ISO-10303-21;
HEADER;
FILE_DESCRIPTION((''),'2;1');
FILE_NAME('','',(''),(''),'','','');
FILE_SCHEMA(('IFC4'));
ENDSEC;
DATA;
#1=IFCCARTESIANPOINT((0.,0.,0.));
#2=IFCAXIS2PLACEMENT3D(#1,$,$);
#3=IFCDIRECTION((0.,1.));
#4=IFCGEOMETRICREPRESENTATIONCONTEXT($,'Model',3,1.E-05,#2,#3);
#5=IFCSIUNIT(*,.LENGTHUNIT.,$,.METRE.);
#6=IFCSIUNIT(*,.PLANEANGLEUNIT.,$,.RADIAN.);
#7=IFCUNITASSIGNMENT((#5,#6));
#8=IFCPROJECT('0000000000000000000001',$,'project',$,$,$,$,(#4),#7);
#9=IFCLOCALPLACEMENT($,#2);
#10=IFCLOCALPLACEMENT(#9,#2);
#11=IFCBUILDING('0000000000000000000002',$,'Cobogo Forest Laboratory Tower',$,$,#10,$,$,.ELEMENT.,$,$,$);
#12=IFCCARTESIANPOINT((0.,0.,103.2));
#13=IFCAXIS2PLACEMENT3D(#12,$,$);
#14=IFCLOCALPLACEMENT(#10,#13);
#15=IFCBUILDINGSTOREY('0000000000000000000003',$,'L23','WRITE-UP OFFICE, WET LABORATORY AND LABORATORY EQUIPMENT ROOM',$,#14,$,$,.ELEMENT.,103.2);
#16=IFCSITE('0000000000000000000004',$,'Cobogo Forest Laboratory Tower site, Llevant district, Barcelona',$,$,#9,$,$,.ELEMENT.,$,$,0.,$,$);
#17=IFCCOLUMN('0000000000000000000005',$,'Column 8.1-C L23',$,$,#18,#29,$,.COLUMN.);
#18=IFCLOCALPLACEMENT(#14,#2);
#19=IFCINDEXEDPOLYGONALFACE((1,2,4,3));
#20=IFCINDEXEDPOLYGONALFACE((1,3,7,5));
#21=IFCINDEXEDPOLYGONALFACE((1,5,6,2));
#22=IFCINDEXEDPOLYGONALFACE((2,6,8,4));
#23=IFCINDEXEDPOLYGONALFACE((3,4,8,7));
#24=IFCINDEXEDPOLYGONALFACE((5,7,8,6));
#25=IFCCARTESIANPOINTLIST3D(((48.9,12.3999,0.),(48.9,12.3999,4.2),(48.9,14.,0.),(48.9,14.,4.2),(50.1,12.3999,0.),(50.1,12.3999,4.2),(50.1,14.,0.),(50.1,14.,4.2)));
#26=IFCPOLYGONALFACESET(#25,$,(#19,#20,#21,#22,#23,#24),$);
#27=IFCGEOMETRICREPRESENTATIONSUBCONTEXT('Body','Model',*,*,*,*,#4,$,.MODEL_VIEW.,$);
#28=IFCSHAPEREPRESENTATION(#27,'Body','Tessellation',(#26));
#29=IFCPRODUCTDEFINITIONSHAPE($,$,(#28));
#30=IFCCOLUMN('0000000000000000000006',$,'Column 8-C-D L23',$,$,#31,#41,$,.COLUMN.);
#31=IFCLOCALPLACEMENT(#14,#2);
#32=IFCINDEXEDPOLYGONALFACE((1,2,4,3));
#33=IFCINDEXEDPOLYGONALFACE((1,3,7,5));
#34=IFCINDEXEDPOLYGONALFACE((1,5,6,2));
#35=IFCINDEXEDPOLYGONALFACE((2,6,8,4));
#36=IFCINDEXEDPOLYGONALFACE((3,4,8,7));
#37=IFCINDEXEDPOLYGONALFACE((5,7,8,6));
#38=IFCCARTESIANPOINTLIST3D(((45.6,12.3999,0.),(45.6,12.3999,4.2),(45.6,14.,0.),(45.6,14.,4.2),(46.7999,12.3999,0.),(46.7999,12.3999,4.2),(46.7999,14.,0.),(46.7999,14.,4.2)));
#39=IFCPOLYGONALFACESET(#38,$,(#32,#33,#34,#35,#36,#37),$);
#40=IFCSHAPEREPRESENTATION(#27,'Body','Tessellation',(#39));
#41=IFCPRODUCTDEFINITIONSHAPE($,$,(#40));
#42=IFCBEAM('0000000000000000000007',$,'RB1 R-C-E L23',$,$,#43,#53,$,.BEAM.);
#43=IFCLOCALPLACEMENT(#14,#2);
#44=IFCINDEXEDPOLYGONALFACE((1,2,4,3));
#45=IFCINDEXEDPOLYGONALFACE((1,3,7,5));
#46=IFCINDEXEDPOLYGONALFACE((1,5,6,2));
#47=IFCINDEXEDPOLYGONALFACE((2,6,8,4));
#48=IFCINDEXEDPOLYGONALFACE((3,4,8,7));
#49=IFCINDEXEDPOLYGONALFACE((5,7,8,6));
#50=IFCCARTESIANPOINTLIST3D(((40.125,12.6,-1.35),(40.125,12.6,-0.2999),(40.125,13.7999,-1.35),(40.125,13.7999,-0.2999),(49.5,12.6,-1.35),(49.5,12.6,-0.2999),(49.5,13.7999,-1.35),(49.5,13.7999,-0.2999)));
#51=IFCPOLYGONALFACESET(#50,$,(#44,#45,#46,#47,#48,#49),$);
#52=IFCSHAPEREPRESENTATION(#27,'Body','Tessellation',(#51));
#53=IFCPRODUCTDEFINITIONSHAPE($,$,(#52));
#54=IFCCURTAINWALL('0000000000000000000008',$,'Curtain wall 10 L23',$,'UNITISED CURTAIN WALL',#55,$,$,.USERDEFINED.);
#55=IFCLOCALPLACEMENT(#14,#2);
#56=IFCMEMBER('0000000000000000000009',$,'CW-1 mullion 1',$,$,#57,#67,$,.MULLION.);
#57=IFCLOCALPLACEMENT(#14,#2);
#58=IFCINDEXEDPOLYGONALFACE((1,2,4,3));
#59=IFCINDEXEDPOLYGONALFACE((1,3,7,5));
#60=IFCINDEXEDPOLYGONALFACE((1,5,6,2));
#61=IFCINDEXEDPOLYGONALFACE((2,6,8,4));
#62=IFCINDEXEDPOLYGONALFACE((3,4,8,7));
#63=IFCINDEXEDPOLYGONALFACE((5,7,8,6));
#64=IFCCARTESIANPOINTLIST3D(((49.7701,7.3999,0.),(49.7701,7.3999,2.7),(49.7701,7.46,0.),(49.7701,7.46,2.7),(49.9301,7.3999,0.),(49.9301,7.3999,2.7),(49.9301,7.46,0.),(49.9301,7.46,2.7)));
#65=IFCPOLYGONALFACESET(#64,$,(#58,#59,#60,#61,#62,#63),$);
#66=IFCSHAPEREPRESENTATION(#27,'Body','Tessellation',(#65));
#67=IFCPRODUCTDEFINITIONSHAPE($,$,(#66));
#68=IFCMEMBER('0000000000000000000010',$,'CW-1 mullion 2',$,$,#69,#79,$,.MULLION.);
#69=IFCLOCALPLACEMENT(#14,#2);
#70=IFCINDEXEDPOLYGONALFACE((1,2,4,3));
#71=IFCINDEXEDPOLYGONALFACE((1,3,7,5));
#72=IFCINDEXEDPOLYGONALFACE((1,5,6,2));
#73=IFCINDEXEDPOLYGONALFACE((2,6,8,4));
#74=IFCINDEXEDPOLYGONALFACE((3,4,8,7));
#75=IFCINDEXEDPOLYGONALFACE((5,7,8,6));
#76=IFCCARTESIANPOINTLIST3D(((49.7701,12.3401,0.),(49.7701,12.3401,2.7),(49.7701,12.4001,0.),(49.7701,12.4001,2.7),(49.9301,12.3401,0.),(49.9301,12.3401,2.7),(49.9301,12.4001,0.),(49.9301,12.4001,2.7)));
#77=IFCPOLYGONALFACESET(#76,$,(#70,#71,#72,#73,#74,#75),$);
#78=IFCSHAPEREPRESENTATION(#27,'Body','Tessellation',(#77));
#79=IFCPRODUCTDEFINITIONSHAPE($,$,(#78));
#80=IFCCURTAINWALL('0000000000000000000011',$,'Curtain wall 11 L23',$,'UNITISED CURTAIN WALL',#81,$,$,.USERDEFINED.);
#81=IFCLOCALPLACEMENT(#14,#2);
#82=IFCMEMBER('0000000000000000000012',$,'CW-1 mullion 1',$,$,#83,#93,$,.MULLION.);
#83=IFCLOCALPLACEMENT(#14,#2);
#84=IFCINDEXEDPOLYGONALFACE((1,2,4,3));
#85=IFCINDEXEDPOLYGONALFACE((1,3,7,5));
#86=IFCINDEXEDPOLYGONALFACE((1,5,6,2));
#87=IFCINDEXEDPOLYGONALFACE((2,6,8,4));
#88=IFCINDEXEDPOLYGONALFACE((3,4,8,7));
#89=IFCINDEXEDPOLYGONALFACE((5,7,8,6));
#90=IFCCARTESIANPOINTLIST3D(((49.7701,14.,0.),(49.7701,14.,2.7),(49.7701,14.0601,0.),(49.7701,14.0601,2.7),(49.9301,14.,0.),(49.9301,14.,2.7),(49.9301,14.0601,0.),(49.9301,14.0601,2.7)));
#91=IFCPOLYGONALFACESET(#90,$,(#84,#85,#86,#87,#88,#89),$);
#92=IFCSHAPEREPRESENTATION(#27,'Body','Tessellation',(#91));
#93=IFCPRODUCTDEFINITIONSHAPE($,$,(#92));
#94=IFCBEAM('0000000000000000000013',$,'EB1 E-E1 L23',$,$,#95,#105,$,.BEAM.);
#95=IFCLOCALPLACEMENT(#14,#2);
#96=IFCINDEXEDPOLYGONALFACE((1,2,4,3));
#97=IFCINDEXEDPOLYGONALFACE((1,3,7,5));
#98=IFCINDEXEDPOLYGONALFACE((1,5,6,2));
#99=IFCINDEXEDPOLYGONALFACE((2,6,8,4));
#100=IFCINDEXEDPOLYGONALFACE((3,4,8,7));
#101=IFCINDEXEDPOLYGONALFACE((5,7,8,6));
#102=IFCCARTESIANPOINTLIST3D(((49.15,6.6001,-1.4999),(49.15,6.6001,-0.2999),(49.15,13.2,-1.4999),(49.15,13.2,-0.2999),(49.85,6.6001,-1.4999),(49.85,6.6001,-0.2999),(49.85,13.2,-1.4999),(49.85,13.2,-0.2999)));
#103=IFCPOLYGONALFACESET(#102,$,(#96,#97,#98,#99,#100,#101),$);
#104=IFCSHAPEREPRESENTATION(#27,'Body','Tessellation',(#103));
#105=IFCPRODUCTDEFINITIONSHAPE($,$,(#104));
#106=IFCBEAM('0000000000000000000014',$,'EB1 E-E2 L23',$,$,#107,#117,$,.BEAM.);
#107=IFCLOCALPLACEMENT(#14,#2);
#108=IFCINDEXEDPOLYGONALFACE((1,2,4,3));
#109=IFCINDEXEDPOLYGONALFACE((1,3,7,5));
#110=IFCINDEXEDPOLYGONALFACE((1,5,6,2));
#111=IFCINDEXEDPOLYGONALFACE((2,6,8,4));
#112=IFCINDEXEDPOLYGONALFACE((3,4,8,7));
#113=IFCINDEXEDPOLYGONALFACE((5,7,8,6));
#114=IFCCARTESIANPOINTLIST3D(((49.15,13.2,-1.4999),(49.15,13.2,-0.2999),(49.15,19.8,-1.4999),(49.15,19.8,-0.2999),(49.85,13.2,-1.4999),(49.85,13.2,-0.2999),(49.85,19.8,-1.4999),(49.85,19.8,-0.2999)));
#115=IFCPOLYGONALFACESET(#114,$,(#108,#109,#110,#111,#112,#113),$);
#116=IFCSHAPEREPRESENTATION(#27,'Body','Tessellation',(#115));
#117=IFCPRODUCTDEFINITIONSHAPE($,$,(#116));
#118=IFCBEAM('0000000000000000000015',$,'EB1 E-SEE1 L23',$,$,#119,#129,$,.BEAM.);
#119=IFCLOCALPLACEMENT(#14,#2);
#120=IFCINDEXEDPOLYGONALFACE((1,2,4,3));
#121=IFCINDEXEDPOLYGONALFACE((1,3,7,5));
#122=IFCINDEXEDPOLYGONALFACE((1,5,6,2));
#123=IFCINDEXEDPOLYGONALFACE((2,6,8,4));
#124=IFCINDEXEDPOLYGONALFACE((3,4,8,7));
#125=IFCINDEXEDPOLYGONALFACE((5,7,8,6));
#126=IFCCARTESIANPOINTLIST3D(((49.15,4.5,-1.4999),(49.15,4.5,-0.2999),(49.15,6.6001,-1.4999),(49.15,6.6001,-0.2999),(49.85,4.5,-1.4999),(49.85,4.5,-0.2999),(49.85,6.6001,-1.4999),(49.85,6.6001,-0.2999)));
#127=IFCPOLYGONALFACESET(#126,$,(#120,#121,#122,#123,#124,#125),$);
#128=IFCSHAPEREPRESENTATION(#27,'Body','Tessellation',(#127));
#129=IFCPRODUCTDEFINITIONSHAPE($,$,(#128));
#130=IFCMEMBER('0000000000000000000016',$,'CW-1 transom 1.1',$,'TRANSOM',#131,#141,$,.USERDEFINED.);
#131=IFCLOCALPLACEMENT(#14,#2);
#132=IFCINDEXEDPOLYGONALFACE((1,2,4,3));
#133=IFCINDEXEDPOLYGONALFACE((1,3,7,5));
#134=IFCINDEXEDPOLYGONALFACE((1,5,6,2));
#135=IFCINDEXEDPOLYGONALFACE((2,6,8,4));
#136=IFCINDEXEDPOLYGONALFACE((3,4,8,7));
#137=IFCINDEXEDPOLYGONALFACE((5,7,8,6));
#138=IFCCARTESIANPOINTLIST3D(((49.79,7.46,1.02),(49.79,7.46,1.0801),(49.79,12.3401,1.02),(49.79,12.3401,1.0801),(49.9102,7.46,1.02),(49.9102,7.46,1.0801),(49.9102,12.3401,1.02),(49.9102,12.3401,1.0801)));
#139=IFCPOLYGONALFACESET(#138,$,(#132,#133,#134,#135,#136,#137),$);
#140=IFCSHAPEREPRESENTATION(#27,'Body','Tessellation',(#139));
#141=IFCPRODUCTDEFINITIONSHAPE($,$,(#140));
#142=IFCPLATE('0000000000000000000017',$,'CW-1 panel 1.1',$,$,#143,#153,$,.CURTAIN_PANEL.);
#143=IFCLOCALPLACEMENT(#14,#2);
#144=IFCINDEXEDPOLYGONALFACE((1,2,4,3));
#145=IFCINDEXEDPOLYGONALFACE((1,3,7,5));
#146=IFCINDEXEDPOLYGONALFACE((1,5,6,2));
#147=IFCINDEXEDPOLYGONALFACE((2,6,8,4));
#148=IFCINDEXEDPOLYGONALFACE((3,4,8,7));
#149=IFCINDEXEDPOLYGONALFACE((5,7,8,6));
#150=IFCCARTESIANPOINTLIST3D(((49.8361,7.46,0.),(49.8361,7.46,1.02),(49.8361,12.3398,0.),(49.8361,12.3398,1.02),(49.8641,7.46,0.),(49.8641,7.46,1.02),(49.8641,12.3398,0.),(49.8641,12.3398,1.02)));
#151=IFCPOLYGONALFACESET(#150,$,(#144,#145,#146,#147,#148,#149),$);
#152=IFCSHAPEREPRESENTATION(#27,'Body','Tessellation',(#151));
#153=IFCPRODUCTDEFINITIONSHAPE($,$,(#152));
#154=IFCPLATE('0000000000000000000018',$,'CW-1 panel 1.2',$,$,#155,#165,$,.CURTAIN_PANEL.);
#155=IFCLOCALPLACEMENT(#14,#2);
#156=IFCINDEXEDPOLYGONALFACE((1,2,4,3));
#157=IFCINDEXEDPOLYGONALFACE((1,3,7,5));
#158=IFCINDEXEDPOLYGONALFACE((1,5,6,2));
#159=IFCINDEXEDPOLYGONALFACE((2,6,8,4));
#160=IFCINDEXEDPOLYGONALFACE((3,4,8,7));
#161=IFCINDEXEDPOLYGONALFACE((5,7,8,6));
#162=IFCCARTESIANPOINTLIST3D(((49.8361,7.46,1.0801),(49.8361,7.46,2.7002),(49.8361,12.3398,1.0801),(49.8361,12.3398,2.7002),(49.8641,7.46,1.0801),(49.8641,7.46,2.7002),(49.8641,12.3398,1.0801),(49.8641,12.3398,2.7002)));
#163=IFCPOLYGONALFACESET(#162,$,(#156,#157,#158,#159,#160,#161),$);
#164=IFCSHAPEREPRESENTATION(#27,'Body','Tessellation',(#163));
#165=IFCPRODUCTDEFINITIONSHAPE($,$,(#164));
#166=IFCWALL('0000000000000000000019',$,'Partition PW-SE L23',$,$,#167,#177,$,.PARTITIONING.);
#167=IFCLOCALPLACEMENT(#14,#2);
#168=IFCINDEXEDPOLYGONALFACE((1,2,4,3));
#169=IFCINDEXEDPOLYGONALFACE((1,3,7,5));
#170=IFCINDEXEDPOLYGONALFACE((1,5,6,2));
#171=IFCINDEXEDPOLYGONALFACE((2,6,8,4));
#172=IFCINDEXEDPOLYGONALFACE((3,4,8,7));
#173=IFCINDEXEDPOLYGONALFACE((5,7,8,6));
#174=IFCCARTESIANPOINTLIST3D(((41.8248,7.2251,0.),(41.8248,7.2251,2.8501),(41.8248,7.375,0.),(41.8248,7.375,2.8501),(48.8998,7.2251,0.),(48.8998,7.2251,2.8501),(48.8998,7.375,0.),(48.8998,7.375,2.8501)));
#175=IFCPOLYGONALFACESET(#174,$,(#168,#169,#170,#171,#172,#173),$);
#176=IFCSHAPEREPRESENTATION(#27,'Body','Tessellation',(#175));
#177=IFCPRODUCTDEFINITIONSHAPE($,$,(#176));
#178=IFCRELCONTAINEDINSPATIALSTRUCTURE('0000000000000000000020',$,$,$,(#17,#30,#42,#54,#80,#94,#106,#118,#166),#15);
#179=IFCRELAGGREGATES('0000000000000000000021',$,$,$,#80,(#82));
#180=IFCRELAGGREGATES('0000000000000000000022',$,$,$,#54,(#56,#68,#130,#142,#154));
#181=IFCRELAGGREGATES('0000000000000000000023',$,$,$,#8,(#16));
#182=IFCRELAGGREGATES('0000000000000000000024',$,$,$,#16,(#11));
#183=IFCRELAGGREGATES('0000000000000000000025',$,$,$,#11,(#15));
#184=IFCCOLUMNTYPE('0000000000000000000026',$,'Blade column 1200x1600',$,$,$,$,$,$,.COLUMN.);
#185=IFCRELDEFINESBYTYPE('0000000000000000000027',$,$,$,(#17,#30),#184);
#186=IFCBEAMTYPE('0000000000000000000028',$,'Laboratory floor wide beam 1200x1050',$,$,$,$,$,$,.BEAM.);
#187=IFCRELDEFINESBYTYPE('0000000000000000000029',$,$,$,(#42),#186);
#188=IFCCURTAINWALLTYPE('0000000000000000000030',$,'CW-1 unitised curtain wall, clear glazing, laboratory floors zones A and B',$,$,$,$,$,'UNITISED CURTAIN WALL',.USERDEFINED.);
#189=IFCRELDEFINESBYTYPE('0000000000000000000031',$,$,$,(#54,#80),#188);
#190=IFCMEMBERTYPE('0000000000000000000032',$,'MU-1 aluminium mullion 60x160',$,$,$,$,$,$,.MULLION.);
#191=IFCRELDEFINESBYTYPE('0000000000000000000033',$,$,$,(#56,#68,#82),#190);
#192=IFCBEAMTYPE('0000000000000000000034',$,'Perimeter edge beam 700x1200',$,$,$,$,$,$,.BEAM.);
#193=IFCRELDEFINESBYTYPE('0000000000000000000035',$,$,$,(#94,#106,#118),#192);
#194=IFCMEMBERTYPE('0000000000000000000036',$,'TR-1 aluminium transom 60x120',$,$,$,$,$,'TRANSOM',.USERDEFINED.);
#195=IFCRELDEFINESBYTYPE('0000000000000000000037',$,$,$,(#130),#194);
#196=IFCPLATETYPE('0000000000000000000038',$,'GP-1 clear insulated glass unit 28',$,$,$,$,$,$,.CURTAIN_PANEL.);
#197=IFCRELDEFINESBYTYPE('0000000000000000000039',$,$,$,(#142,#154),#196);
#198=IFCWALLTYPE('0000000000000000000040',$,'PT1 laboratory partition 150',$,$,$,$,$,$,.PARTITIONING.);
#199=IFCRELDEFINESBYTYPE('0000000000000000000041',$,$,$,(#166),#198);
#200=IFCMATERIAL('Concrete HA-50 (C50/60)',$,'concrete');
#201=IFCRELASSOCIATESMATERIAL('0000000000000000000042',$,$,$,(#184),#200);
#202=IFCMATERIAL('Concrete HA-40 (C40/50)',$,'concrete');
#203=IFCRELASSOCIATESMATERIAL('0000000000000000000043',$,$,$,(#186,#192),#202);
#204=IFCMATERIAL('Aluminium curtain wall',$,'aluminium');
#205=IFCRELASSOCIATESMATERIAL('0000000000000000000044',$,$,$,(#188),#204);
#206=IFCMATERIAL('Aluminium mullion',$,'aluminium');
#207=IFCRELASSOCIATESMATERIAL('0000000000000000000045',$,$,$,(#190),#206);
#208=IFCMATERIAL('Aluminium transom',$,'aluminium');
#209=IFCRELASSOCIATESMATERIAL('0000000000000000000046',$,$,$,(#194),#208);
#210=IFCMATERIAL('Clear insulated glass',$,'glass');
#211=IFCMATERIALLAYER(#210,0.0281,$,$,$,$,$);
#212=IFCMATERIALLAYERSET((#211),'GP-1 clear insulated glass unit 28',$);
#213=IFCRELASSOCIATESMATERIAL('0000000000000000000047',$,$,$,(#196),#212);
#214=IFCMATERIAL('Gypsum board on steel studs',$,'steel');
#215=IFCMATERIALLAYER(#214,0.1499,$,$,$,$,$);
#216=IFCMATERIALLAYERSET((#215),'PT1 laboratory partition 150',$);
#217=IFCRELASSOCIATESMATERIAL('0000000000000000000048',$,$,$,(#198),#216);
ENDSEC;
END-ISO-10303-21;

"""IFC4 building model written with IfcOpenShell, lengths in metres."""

from ifc_helpers import new_model, si_unit, direction, frame, frame_2d, origin, origin_2d, place, context, subcontext, project, spatial, rectangle, extrude, material, layer, layer_set, material_profile, profile_set, type_object, element, aggregate, save


model = new_model("IFC4")

# Units and contexts
model_context = context("Model", 3, precision=1e-05, world=origin(), true_north=direction((0.0, 1.0)))
body_context = subcontext(model_context, "Body", "Model", "MODEL_VIEW")
ifc_project = project(units=[si_unit("LENGTHUNIT", "METRE"), si_unit("PLANEANGLEUNIT", "RADIAN")], contexts=[model_context])

# Site, building, storey
site_placement = place(None, origin())
site = spatial("IfcSite", under=ifc_project, at=site_placement, Name="Cobogo Forest Laboratory Tower site, Llevant district, Barcelona", CompositionType="ELEMENT", RefElevation=0.0)
building_placement = place(site_placement, origin())
building = spatial("IfcBuilding", under=site, at=building_placement, Name="Cobogo Forest Laboratory Tower", CompositionType="ELEMENT")
storey_placement = place(building_placement, frame((0.0, 0.0, 103.2)))
storey = spatial("IfcBuildingStorey", under=building, at=storey_placement, Name="L23", Description="WRITE-UP OFFICE, WET LABORATORY AND LABORATORY EQUIPMENT ROOM", CompositionType="ELEMENT", Elevation=103.2)

# Columns
ifc_material_1 = material(Name="Concrete HA-50 (C50/60)", Category="concrete")
ifc_material_profile_1 = material_profile(ifc_material_1, rectangle(XDim=1.6001, YDim=1.2, at=origin_2d()), Name="RC 1200x1600")
ifc_profile_set_1 = profile_set([ifc_material_profile_1], Name="Concrete HA-50 (C50/60)")
column_type = type_object("IfcColumnType", Name="Blade column 1200x1600", PredefinedType="COLUMN", material=ifc_profile_set_1)
for number, where, z_axis, x_axis, name in (
    (1, (49.5, 13.2, 0.0), (0.0, 0.0, 1.0), (0.0, 1.0, 0.0), "Column 8.1-C L23"),
    (2, (46.2, 13.2, 0.0), (0.0, 0.0, 1.0), (0.0, 1.0, 0.0), "Column 8-C-D L23"),
):
    element("IfcColumn", number, at=place(storey_placement, frame(where, z_axis=z_axis, x_axis=x_axis)), inside=storey, type_object=column_type, Name=name, PredefinedType="COLUMN", context=body_context, shape_type="SweptSolid", body=[
        extrude(rectangle(XDim=1.6001, YDim=1.2, at=origin_2d()), origin(), (0.0, 0.0, 1.0), 4.2),
    ])

# Beam
ifc_material_2 = material(Name="Concrete HA-40 (C40/50)", Category="concrete")
ifc_material_profile_2 = material_profile(ifc_material_2, rectangle(XDim=1.2, YDim=1.05, at=origin_2d()), Name="RC 1200x1050")
ifc_profile_set_2 = profile_set([ifc_material_profile_2], Name="Concrete HA-40 (C40/50)")
beam_type_1 = type_object("IfcBeamType", Name="Laboratory floor wide beam 1200x1050", PredefinedType="BEAM", material=ifc_profile_set_2)
beam_1_placement = place(storey_placement, frame((40.125, 13.2, -0.825), z_axis=(1.0, 0.0, 0.0), x_axis=(0.0, 1.0, 0.0)))
element("IfcBeam", 3, at=beam_1_placement, inside=storey, type_object=beam_type_1, Name="RB1 R-C-E L23", PredefinedType="BEAM", context=body_context, shape_type="SweptSolid", body=[
    extrude(rectangle(XDim=1.2, YDim=1.05, at=origin_2d()), origin(), (0.0, 0.0, 1.0), 9.375),
])

# Curtain wall, members
ifc_material_3 = material(Name="Aluminium curtain wall", Category="aluminium")
curtain_wall_type = type_object("IfcCurtainWallType", Name="CW-1 unitised curtain wall, clear glazing, laboratory floors zones A and B", ElementType="UNITISED CURTAIN WALL", PredefinedType="USERDEFINED", material=ifc_material_3)
curtain_wall_1_placement = place(storey_placement, origin())
curtain_wall_1 = element("IfcCurtainWall", 4, at=curtain_wall_1_placement, inside=storey, type_object=curtain_wall_type, Name="Curtain wall 10 L23", ObjectType="UNITISED CURTAIN WALL", PredefinedType="USERDEFINED")
ifc_material_4 = material(Name="Aluminium mullion", Category="aluminium")
ifc_material_profile_3 = material_profile(ifc_material_4, rectangle(XDim=0.0601, YDim=0.1599, at=origin_2d()), Name="AL 60x160")
ifc_profile_set_3 = profile_set([ifc_material_profile_3], Name="Aluminium mullion")
member_type_1 = type_object("IfcMemberType", Name="MU-1 aluminium mullion 60x160", PredefinedType="MULLION", material=ifc_profile_set_3)
member_1_placement = place(storey_placement, frame((49.8501, 7.4299, 0.0), z_axis=(0.0, 0.0, 1.0), x_axis=(0.0, 1.0, 0.0)))
member_1 = element("IfcMember", 5, at=member_1_placement, type_object=member_type_1, Name="CW-1 mullion 1", PredefinedType="MULLION", context=body_context, shape_type="SweptSolid", body=[
    extrude(rectangle(XDim=0.0601, YDim=0.1599, at=origin_2d()), origin(), (0.0, 0.0, 1.0), 2.7),
])
member_2_placement = place(storey_placement, frame((49.8501, 12.3701, 0.0), z_axis=(0.0, 0.0, 1.0), x_axis=(0.0, 1.0, 0.0)))
member_2 = element("IfcMember", 6, at=member_2_placement, type_object=member_type_1, Name="CW-1 mullion 2", PredefinedType="MULLION", context=body_context, shape_type="SweptSolid", body=[
    extrude(rectangle(XDim=0.0601, YDim=0.1599, at=origin_2d()), origin(), (0.0, 0.0, 1.0), 2.7),
])

# Curtain wall, member
curtain_wall_2_placement = place(storey_placement, origin())
curtain_wall_2 = element("IfcCurtainWall", 7, at=curtain_wall_2_placement, inside=storey, type_object=curtain_wall_type, Name="Curtain wall 11 L23", ObjectType="UNITISED CURTAIN WALL", PredefinedType="USERDEFINED")
member_3_placement = place(storey_placement, frame((49.8501, 14.03, 0.0), z_axis=(0.0, 0.0, 1.0), x_axis=(0.0, 1.0, 0.0)))
member_3 = element("IfcMember", 8, at=member_3_placement, type_object=member_type_1, Name="CW-1 mullion 1", PredefinedType="MULLION", context=body_context, shape_type="SweptSolid", body=[
    extrude(rectangle(XDim=0.0601, YDim=0.1599, at=origin_2d()), origin(), (0.0, 0.0, 1.0), 2.7),
])
aggregate(curtain_wall_2, [member_3])

# Beams
ifc_material_profile_4 = material_profile(ifc_material_2, rectangle(XDim=0.7, YDim=1.2, at=origin_2d()), Name="RC 700x1200")
ifc_profile_set_4 = profile_set([ifc_material_profile_4], Name="Concrete HA-40 (C40/50)")
beam_type_2 = type_object("IfcBeamType", Name="Perimeter edge beam 700x1200", PredefinedType="BEAM", material=ifc_profile_set_4)
beam_2_placement = place(storey_placement, frame((49.5, 6.6001, -0.8999), z_axis=(0.0, 1.0, 0.0), x_axis=(-1.0, 0.0, 0.0)))
element("IfcBeam", 9, at=beam_2_placement, inside=storey, type_object=beam_type_2, Name="EB1 E-E1 L23", PredefinedType="BEAM", context=body_context, shape_type="SweptSolid", body=[
    extrude(rectangle(XDim=0.7, YDim=1.2, at=origin_2d()), origin(), (0.0, 0.0, 1.0), 6.5999),
])
beam_3_placement = place(storey_placement, frame((49.5, 13.2, -0.8999), z_axis=(0.0, 1.0, 0.0), x_axis=(-1.0, 0.0, 0.0)))
element("IfcBeam", 10, at=beam_3_placement, inside=storey, type_object=beam_type_2, Name="EB1 E-E2 L23", PredefinedType="BEAM", context=body_context, shape_type="SweptSolid", body=[
    extrude(rectangle(XDim=0.7, YDim=1.2, at=origin_2d()), origin(), (0.0, 0.0, 1.0), 6.6001),
])
beam_4_placement = place(storey_placement, frame((49.5, 6.6001, -0.8999), z_axis=(0.0, -1.0, 0.0), x_axis=(1.0, 0.0, 0.0)))
element("IfcBeam", 11, at=beam_4_placement, inside=storey, type_object=beam_type_2, Name="EB1 E-SEE1 L23", PredefinedType="BEAM", context=body_context, shape_type="SweptSolid", body=[
    extrude(rectangle(XDim=0.7, YDim=1.2, at=origin_2d()), origin(), (0.0, 0.0, 1.0), 2.1001),
])

# Member
ifc_material_5 = material(Name="Aluminium transom", Category="aluminium")
ifc_material_profile_5 = material_profile(ifc_material_5, rectangle(XDim=0.1201, YDim=0.0601, at=origin_2d()), Name="AL 60x120")
ifc_profile_set_5 = profile_set([ifc_material_profile_5], Name="Aluminium transom")
member_type_2 = type_object("IfcMemberType", Name="TR-1 aluminium transom 60x120", ElementType="TRANSOM", PredefinedType="USERDEFINED", material=ifc_profile_set_5)
member_4_placement = place(storey_placement, frame((49.8501, 7.46, 1.05), z_axis=(0.0, 1.0, 0.0), x_axis=(-1.0, 0.0, 0.0)))
member_4 = element("IfcMember", 12, at=member_4_placement, type_object=member_type_2, Name="CW-1 transom 1.1", ObjectType="TRANSOM", PredefinedType="USERDEFINED", context=body_context, shape_type="SweptSolid", body=[
    extrude(rectangle(XDim=0.1201, YDim=0.0601, at=origin_2d()), origin(), (0.0, 0.0, 1.0), 4.8801),
])

# Plates
ifc_material_6 = material(Name="Clear insulated glass", Category="glass")
ifc_layer_1 = layer(ifc_material_6, 0.0281)
ifc_layer_set_1 = layer_set([ifc_layer_1], Name="GP-1 clear insulated glass unit 28")
plate_type_1 = type_object("IfcPlateType", Name="GP-1 clear insulated glass unit 28", PredefinedType="CURTAIN_PANEL", material=ifc_layer_set_1)
plate_1_placement = place(storey_placement, frame((49.8501, 9.8999, 0.0), z_axis=(0.0, 0.0, 1.0), x_axis=(0.0, 1.0, 0.0)))
plate_1 = element("IfcPlate", 13, at=plate_1_placement, type_object=plate_type_1, Name="CW-1 panel 1.1", PredefinedType="CURTAIN_PANEL", context=body_context, shape_type="SweptSolid", body=[
    extrude(rectangle(XDim=4.8799, YDim=0.0281, at=origin_2d()), origin(), (0.0, 0.0, 1.0), 1.02),
])
plate_2_placement = place(storey_placement, frame((49.8501, 9.8999, 1.0801), z_axis=(0.0, 0.0, 1.0), x_axis=(0.0, 1.0, 0.0)))
plate_2 = element("IfcPlate", 14, at=plate_2_placement, type_object=plate_type_1, Name="CW-1 panel 1.2", PredefinedType="CURTAIN_PANEL", context=body_context, shape_type="SweptSolid", body=[
    extrude(rectangle(XDim=4.8799, YDim=0.0281, at=origin_2d()), origin(), (0.0, 0.0, 1.0), 1.6201),
])
aggregate(curtain_wall_1, [member_1, member_2, member_4, plate_1, plate_2])

# Wall
ifc_material_7 = material(Name="Gypsum board on steel studs", Category="steel")
ifc_layer_2 = layer(ifc_material_7, 0.1499)
ifc_layer_set_2 = layer_set([ifc_layer_2], Name="PT1 laboratory partition 150")
wall_type_1 = type_object("IfcWallType", Name="PT1 laboratory partition 150", PredefinedType="PARTITIONING", material=ifc_layer_set_2)
wall_1_placement = place(storey_placement, frame((48.8999, 7.3, 0.0), z_axis=(0.0, 0.0, 1.0), x_axis=(-1.0, 0.0, 0.0)))
element("IfcWall", 15, at=wall_1_placement, inside=storey, type_object=wall_type_1, Name="Partition PW-SE L23", PredefinedType="PARTITIONING", context=body_context, shape_type="SweptSolid", body=[
    extrude(rectangle(XDim=7.075, YDim=0.1499, at=frame_2d((3.5376, 0.0))), origin(), (0.0, 0.0, 1.0), 2.8501),
])

save(model, "model.ifc")
